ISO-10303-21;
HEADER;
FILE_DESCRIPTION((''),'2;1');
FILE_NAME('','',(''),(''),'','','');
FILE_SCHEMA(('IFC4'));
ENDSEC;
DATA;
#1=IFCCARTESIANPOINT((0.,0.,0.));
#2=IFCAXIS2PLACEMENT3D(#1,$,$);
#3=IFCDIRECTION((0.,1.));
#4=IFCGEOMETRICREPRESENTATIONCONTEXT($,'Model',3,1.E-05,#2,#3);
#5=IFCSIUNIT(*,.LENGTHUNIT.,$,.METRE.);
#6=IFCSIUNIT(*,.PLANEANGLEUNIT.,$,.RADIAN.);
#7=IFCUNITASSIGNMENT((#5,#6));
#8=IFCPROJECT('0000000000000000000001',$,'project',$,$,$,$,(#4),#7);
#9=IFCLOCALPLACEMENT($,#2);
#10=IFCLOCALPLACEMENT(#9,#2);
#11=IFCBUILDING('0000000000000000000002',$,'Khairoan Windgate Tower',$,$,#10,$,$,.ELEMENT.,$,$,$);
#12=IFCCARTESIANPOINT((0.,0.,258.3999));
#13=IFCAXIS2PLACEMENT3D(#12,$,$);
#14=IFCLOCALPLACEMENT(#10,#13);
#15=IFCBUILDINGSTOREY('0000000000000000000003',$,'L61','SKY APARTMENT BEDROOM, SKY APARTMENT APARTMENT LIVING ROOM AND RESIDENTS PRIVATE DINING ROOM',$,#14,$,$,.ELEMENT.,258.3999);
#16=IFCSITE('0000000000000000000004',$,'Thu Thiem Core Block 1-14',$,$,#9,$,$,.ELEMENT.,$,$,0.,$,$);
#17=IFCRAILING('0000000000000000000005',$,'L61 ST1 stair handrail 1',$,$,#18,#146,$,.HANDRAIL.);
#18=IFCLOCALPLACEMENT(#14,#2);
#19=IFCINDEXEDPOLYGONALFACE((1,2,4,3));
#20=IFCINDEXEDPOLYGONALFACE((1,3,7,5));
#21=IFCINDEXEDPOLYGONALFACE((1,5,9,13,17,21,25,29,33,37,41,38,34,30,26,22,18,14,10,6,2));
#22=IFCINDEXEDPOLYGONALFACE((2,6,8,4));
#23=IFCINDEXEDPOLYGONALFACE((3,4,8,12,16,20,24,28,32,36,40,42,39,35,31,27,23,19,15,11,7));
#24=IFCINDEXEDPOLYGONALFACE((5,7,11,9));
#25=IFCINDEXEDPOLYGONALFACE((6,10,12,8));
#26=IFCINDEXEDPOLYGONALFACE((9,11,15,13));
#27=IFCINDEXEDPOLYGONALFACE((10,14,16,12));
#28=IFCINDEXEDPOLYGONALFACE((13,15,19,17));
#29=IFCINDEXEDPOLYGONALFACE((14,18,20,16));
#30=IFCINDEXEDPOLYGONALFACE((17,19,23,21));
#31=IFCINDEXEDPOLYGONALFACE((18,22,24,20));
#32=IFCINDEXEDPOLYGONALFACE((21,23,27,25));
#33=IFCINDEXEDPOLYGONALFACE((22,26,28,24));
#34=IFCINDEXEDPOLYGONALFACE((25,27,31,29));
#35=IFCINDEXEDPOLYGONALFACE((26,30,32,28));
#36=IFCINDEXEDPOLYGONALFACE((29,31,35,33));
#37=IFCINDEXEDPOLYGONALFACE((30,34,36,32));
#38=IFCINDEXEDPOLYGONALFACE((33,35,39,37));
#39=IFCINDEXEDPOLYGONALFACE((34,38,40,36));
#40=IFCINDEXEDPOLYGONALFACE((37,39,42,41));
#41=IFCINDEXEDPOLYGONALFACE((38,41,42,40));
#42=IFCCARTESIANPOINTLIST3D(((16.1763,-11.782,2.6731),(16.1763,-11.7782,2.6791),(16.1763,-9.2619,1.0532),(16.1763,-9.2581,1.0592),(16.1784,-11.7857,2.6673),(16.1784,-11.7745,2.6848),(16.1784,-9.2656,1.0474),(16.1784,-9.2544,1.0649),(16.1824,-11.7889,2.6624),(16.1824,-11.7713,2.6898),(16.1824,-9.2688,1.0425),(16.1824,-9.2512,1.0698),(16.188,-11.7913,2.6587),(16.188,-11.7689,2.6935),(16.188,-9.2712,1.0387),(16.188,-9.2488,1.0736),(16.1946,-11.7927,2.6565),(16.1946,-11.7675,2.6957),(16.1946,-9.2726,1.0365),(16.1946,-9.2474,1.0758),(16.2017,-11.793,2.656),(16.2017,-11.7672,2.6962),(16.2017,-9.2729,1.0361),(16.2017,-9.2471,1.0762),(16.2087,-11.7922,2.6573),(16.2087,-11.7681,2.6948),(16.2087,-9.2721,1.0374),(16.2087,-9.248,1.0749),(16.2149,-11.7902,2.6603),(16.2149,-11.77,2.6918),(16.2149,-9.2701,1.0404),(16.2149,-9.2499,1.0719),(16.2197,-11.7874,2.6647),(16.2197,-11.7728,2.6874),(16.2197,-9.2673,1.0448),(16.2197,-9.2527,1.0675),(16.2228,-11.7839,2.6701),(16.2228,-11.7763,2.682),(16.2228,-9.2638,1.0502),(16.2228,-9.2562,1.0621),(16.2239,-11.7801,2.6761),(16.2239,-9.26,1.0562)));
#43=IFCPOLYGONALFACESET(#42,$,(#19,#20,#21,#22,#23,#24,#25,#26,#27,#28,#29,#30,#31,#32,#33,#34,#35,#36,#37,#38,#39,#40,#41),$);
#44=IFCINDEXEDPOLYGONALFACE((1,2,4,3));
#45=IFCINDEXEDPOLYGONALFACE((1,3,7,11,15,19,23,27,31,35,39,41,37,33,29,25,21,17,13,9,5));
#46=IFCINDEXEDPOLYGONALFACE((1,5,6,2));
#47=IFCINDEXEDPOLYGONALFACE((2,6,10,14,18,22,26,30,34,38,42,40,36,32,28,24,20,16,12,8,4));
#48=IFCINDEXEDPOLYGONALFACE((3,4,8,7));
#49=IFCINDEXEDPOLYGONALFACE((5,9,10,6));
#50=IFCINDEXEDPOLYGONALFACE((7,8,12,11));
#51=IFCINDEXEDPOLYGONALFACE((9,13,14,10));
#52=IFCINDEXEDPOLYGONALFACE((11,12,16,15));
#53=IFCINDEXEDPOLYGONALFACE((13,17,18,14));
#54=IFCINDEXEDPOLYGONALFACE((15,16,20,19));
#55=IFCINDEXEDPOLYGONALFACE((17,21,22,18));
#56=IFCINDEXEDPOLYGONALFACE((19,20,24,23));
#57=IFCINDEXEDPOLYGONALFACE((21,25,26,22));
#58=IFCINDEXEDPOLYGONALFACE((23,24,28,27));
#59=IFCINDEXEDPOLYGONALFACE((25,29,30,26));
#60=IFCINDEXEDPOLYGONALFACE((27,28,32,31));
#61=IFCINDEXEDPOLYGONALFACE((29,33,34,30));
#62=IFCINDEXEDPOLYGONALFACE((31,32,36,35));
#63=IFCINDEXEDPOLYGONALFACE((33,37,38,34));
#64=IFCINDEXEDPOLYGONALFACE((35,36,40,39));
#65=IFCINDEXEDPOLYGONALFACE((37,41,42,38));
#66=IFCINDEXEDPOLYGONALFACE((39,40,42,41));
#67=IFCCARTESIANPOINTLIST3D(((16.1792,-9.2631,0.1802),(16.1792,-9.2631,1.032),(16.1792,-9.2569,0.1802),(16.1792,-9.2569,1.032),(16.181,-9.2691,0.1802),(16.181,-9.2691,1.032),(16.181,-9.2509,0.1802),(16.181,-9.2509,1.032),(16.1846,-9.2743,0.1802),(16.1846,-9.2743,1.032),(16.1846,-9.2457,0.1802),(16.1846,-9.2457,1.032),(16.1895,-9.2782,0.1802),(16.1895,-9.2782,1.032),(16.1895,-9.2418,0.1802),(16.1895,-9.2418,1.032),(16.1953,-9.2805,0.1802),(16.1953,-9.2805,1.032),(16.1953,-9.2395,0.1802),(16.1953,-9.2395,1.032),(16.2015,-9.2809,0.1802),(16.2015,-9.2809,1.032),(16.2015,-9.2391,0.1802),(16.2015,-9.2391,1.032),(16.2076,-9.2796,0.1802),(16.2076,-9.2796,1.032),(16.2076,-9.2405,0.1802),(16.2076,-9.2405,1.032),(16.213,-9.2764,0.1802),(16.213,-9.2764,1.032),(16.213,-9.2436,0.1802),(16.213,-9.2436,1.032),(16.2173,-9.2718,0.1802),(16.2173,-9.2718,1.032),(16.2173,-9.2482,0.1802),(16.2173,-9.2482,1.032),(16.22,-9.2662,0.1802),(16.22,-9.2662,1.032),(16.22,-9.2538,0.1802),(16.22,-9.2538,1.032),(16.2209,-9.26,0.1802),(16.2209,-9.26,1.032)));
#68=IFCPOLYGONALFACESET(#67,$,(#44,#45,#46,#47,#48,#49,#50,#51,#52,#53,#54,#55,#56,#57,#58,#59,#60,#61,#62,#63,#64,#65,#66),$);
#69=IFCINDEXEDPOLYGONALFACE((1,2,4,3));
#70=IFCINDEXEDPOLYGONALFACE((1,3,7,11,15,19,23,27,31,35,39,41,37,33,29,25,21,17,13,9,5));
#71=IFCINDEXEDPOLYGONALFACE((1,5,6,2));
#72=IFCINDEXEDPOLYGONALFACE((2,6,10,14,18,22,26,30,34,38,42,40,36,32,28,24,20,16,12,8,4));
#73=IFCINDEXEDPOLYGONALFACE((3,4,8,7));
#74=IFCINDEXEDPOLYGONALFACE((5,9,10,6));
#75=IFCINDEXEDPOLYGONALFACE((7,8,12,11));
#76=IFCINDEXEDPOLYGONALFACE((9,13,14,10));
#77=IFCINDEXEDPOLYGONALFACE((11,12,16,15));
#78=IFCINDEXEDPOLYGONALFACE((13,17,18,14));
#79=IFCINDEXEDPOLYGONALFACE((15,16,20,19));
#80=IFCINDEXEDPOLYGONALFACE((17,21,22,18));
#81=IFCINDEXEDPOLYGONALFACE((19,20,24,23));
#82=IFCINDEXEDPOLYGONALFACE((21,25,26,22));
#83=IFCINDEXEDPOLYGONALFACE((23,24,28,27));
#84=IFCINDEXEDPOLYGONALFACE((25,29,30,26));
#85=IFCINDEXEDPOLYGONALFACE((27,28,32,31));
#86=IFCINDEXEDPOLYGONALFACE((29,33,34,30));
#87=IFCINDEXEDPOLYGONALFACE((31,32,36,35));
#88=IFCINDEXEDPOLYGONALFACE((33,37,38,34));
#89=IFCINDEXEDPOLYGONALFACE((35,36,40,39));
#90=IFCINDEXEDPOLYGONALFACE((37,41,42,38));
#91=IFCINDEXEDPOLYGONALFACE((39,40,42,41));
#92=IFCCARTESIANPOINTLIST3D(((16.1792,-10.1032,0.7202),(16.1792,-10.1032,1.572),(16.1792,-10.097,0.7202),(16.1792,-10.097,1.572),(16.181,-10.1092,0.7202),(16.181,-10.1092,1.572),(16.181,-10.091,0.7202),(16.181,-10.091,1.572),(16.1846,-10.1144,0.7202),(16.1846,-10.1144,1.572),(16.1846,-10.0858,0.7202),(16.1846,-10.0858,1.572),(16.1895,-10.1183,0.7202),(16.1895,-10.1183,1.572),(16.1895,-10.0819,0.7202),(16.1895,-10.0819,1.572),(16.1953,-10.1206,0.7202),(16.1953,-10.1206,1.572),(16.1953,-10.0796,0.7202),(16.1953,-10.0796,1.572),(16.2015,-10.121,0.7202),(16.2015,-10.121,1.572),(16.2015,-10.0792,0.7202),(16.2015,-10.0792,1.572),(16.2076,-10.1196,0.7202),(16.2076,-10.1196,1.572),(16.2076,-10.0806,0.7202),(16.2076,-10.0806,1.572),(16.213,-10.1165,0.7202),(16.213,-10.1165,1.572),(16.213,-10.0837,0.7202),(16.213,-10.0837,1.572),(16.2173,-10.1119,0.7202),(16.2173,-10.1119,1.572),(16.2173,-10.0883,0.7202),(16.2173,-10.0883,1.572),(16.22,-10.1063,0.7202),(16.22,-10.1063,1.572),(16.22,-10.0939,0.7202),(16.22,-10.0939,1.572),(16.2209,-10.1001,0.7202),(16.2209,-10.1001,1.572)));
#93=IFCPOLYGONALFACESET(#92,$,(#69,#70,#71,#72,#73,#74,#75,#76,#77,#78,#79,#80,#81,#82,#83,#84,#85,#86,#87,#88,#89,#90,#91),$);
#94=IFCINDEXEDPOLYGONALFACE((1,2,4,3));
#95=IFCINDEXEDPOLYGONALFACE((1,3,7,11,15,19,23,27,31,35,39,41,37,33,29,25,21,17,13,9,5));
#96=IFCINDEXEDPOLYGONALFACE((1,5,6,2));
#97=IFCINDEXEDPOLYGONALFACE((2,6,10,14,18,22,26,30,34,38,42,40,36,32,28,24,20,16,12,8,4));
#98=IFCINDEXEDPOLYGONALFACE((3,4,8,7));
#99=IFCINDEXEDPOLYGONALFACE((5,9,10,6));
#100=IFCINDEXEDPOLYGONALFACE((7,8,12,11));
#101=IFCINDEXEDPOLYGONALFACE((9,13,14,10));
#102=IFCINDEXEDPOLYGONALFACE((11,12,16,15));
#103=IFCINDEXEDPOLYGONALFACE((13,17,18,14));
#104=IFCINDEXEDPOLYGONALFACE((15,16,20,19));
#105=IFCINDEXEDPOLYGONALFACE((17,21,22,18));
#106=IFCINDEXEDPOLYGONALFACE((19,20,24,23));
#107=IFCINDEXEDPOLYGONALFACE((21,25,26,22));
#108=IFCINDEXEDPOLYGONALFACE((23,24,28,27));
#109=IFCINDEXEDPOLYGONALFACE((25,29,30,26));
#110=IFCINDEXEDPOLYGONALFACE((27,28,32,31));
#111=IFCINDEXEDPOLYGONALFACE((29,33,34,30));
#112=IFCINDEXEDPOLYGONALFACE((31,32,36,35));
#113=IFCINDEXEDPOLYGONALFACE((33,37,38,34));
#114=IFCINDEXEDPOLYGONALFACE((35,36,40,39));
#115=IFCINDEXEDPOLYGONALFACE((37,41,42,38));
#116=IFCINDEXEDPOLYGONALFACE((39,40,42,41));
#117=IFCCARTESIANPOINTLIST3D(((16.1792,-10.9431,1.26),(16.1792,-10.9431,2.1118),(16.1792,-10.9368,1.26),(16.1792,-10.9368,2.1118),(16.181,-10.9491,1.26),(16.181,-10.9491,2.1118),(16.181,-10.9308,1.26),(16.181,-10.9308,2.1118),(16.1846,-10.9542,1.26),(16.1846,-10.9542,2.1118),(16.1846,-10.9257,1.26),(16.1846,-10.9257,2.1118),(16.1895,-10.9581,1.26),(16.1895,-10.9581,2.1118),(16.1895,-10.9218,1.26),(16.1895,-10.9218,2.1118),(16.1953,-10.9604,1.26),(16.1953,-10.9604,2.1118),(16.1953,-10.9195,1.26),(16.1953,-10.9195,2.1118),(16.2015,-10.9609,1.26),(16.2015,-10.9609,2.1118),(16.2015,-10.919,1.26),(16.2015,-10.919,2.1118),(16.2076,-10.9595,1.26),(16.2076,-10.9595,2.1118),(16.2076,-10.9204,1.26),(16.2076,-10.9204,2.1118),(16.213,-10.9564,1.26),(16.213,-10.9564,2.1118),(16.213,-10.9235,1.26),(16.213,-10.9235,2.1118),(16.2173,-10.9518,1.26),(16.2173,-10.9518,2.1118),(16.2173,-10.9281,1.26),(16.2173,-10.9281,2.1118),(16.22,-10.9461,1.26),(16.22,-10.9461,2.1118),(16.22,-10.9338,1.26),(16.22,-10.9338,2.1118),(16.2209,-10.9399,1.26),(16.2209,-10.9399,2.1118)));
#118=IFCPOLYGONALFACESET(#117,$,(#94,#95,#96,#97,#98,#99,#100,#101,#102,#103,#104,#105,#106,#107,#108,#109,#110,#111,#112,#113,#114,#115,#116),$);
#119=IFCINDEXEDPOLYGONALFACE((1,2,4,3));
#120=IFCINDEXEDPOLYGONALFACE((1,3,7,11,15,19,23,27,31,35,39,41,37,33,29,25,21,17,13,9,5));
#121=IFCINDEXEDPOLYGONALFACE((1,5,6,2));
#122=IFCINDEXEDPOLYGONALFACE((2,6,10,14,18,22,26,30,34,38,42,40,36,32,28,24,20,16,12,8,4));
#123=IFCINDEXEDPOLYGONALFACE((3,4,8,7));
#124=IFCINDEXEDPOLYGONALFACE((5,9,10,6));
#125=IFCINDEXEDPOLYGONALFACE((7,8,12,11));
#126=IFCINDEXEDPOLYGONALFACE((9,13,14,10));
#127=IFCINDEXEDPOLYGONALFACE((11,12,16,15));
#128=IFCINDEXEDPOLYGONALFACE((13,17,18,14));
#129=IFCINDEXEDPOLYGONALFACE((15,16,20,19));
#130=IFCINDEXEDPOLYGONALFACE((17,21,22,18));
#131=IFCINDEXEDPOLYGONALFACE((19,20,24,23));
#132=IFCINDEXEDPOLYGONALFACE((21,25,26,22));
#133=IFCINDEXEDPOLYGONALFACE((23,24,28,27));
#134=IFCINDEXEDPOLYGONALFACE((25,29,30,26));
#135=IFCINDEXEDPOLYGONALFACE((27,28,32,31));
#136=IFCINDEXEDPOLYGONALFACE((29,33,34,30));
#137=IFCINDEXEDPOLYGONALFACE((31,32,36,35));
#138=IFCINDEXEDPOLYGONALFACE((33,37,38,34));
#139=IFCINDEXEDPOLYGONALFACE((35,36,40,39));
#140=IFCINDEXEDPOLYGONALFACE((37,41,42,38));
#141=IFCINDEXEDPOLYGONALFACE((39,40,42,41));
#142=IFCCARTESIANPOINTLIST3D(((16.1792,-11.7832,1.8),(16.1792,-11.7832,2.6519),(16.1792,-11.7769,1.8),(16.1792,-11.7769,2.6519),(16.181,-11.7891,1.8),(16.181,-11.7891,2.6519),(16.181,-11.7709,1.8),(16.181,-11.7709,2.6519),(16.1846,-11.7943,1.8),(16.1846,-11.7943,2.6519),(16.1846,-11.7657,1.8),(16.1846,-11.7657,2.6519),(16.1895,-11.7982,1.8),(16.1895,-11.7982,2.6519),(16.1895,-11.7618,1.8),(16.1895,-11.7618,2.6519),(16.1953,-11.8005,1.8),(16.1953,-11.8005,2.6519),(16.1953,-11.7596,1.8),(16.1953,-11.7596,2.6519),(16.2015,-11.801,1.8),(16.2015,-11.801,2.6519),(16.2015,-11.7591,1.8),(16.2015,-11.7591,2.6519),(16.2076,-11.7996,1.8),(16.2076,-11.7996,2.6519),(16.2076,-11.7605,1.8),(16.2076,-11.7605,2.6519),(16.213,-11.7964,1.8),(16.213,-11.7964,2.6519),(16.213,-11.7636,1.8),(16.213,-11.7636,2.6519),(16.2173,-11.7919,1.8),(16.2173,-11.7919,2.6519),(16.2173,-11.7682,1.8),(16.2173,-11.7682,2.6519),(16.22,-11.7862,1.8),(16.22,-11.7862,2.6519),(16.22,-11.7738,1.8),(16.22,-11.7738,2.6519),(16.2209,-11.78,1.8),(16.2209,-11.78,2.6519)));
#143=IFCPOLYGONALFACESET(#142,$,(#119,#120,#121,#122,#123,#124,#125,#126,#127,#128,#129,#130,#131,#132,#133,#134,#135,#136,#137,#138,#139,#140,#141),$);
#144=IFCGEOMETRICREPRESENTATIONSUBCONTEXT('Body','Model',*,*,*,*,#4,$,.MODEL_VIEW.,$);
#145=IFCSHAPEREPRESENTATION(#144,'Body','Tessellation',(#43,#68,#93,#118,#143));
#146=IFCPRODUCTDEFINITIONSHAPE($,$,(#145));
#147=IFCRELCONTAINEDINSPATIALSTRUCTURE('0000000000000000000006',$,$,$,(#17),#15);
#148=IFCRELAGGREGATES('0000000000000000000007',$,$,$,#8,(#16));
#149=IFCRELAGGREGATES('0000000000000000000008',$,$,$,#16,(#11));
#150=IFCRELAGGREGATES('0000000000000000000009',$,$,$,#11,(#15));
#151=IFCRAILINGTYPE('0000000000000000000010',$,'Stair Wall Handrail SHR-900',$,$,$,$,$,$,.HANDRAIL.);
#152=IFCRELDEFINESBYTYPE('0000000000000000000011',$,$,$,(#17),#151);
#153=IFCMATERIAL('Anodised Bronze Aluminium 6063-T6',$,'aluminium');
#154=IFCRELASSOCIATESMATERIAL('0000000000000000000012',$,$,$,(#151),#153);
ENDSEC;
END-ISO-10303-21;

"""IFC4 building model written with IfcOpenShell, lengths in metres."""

from ifc_helpers import new_model, si_unit, direction, frame, origin, origin_2d, place, context, subcontext, project, spatial, circle, extrude, material, type_object, element, save


model = new_model("IFC4")

# Units and contexts
model_context = context("Model", 3, precision=1e-05, world=origin(), true_north=direction((0.0, 1.0)))
body_context = subcontext(model_context, "Body", "Model", "MODEL_VIEW")
ifc_project = project(units=[si_unit("LENGTHUNIT", "METRE"), si_unit("PLANEANGLEUNIT", "RADIAN")], contexts=[model_context])

# Site, building, storey
site_placement = place(None, origin())
site = spatial("IfcSite", under=ifc_project, at=site_placement, Name="Thu Thiem Core Block 1-14", CompositionType="ELEMENT", RefElevation=0.0)
building_placement = place(site_placement, origin())
building = spatial("IfcBuilding", under=site, at=building_placement, Name="Khairoan Windgate Tower", CompositionType="ELEMENT")
storey_placement = place(building_placement, frame((0.0, 0.0, 258.3999)))
storey = spatial("IfcBuildingStorey", under=building, at=storey_placement, Name="L61", Description="SKY APARTMENT BEDROOM, SKY APARTMENT APARTMENT LIVING ROOM AND RESIDENTS PRIVATE DINING ROOM", CompositionType="ELEMENT", Elevation=258.3999)

# Railing
ifc_material_1 = material(Name="Anodised Bronze Aluminium 6063-T6", Category="aluminium")
railing_type_1 = type_object("IfcRailingType", Name="Stair Wall Handrail SHR-900", PredefinedType="HANDRAIL", material=ifc_material_1)
railing_1_placement = place(storey_placement, frame((16.2, -9.26, 0.1802)))
element("IfcRailing", 1, at=railing_1_placement, inside=storey, type_object=railing_type_1, Name="L61 ST1 stair handrail 1", PredefinedType="HANDRAIL", context=body_context, shape_type="SweptSolid", body=[
    extrude(circle(Radius=0.0239, at=origin_2d()), frame((0.0, 0.0, 0.876), z_axis=(0.0, -0.8412, 0.540725), x_axis=(1.0, 0.0, 0.0)), (0.0, 0.0, 1.0), 2.9958),
    extrude(circle(Radius=0.021, at=origin_2d()), origin(), (0.0, 0.0, 1.0), 0.8518),
    extrude(circle(Radius=0.021, at=origin_2d()), frame((0.0, -0.8401, 0.54)), (0.0, 0.0, 1.0), 0.8518),
    extrude(circle(Radius=0.021, at=origin_2d()), frame((0.0, -1.6799, 1.0798)), (0.0, 0.0, 1.0), 0.8518),
    extrude(circle(Radius=0.021, at=origin_2d()), frame((0.0, -2.52, 1.6199)), (0.0, 0.0, 1.0), 0.8518),
])

save(model, "model.ifc")
